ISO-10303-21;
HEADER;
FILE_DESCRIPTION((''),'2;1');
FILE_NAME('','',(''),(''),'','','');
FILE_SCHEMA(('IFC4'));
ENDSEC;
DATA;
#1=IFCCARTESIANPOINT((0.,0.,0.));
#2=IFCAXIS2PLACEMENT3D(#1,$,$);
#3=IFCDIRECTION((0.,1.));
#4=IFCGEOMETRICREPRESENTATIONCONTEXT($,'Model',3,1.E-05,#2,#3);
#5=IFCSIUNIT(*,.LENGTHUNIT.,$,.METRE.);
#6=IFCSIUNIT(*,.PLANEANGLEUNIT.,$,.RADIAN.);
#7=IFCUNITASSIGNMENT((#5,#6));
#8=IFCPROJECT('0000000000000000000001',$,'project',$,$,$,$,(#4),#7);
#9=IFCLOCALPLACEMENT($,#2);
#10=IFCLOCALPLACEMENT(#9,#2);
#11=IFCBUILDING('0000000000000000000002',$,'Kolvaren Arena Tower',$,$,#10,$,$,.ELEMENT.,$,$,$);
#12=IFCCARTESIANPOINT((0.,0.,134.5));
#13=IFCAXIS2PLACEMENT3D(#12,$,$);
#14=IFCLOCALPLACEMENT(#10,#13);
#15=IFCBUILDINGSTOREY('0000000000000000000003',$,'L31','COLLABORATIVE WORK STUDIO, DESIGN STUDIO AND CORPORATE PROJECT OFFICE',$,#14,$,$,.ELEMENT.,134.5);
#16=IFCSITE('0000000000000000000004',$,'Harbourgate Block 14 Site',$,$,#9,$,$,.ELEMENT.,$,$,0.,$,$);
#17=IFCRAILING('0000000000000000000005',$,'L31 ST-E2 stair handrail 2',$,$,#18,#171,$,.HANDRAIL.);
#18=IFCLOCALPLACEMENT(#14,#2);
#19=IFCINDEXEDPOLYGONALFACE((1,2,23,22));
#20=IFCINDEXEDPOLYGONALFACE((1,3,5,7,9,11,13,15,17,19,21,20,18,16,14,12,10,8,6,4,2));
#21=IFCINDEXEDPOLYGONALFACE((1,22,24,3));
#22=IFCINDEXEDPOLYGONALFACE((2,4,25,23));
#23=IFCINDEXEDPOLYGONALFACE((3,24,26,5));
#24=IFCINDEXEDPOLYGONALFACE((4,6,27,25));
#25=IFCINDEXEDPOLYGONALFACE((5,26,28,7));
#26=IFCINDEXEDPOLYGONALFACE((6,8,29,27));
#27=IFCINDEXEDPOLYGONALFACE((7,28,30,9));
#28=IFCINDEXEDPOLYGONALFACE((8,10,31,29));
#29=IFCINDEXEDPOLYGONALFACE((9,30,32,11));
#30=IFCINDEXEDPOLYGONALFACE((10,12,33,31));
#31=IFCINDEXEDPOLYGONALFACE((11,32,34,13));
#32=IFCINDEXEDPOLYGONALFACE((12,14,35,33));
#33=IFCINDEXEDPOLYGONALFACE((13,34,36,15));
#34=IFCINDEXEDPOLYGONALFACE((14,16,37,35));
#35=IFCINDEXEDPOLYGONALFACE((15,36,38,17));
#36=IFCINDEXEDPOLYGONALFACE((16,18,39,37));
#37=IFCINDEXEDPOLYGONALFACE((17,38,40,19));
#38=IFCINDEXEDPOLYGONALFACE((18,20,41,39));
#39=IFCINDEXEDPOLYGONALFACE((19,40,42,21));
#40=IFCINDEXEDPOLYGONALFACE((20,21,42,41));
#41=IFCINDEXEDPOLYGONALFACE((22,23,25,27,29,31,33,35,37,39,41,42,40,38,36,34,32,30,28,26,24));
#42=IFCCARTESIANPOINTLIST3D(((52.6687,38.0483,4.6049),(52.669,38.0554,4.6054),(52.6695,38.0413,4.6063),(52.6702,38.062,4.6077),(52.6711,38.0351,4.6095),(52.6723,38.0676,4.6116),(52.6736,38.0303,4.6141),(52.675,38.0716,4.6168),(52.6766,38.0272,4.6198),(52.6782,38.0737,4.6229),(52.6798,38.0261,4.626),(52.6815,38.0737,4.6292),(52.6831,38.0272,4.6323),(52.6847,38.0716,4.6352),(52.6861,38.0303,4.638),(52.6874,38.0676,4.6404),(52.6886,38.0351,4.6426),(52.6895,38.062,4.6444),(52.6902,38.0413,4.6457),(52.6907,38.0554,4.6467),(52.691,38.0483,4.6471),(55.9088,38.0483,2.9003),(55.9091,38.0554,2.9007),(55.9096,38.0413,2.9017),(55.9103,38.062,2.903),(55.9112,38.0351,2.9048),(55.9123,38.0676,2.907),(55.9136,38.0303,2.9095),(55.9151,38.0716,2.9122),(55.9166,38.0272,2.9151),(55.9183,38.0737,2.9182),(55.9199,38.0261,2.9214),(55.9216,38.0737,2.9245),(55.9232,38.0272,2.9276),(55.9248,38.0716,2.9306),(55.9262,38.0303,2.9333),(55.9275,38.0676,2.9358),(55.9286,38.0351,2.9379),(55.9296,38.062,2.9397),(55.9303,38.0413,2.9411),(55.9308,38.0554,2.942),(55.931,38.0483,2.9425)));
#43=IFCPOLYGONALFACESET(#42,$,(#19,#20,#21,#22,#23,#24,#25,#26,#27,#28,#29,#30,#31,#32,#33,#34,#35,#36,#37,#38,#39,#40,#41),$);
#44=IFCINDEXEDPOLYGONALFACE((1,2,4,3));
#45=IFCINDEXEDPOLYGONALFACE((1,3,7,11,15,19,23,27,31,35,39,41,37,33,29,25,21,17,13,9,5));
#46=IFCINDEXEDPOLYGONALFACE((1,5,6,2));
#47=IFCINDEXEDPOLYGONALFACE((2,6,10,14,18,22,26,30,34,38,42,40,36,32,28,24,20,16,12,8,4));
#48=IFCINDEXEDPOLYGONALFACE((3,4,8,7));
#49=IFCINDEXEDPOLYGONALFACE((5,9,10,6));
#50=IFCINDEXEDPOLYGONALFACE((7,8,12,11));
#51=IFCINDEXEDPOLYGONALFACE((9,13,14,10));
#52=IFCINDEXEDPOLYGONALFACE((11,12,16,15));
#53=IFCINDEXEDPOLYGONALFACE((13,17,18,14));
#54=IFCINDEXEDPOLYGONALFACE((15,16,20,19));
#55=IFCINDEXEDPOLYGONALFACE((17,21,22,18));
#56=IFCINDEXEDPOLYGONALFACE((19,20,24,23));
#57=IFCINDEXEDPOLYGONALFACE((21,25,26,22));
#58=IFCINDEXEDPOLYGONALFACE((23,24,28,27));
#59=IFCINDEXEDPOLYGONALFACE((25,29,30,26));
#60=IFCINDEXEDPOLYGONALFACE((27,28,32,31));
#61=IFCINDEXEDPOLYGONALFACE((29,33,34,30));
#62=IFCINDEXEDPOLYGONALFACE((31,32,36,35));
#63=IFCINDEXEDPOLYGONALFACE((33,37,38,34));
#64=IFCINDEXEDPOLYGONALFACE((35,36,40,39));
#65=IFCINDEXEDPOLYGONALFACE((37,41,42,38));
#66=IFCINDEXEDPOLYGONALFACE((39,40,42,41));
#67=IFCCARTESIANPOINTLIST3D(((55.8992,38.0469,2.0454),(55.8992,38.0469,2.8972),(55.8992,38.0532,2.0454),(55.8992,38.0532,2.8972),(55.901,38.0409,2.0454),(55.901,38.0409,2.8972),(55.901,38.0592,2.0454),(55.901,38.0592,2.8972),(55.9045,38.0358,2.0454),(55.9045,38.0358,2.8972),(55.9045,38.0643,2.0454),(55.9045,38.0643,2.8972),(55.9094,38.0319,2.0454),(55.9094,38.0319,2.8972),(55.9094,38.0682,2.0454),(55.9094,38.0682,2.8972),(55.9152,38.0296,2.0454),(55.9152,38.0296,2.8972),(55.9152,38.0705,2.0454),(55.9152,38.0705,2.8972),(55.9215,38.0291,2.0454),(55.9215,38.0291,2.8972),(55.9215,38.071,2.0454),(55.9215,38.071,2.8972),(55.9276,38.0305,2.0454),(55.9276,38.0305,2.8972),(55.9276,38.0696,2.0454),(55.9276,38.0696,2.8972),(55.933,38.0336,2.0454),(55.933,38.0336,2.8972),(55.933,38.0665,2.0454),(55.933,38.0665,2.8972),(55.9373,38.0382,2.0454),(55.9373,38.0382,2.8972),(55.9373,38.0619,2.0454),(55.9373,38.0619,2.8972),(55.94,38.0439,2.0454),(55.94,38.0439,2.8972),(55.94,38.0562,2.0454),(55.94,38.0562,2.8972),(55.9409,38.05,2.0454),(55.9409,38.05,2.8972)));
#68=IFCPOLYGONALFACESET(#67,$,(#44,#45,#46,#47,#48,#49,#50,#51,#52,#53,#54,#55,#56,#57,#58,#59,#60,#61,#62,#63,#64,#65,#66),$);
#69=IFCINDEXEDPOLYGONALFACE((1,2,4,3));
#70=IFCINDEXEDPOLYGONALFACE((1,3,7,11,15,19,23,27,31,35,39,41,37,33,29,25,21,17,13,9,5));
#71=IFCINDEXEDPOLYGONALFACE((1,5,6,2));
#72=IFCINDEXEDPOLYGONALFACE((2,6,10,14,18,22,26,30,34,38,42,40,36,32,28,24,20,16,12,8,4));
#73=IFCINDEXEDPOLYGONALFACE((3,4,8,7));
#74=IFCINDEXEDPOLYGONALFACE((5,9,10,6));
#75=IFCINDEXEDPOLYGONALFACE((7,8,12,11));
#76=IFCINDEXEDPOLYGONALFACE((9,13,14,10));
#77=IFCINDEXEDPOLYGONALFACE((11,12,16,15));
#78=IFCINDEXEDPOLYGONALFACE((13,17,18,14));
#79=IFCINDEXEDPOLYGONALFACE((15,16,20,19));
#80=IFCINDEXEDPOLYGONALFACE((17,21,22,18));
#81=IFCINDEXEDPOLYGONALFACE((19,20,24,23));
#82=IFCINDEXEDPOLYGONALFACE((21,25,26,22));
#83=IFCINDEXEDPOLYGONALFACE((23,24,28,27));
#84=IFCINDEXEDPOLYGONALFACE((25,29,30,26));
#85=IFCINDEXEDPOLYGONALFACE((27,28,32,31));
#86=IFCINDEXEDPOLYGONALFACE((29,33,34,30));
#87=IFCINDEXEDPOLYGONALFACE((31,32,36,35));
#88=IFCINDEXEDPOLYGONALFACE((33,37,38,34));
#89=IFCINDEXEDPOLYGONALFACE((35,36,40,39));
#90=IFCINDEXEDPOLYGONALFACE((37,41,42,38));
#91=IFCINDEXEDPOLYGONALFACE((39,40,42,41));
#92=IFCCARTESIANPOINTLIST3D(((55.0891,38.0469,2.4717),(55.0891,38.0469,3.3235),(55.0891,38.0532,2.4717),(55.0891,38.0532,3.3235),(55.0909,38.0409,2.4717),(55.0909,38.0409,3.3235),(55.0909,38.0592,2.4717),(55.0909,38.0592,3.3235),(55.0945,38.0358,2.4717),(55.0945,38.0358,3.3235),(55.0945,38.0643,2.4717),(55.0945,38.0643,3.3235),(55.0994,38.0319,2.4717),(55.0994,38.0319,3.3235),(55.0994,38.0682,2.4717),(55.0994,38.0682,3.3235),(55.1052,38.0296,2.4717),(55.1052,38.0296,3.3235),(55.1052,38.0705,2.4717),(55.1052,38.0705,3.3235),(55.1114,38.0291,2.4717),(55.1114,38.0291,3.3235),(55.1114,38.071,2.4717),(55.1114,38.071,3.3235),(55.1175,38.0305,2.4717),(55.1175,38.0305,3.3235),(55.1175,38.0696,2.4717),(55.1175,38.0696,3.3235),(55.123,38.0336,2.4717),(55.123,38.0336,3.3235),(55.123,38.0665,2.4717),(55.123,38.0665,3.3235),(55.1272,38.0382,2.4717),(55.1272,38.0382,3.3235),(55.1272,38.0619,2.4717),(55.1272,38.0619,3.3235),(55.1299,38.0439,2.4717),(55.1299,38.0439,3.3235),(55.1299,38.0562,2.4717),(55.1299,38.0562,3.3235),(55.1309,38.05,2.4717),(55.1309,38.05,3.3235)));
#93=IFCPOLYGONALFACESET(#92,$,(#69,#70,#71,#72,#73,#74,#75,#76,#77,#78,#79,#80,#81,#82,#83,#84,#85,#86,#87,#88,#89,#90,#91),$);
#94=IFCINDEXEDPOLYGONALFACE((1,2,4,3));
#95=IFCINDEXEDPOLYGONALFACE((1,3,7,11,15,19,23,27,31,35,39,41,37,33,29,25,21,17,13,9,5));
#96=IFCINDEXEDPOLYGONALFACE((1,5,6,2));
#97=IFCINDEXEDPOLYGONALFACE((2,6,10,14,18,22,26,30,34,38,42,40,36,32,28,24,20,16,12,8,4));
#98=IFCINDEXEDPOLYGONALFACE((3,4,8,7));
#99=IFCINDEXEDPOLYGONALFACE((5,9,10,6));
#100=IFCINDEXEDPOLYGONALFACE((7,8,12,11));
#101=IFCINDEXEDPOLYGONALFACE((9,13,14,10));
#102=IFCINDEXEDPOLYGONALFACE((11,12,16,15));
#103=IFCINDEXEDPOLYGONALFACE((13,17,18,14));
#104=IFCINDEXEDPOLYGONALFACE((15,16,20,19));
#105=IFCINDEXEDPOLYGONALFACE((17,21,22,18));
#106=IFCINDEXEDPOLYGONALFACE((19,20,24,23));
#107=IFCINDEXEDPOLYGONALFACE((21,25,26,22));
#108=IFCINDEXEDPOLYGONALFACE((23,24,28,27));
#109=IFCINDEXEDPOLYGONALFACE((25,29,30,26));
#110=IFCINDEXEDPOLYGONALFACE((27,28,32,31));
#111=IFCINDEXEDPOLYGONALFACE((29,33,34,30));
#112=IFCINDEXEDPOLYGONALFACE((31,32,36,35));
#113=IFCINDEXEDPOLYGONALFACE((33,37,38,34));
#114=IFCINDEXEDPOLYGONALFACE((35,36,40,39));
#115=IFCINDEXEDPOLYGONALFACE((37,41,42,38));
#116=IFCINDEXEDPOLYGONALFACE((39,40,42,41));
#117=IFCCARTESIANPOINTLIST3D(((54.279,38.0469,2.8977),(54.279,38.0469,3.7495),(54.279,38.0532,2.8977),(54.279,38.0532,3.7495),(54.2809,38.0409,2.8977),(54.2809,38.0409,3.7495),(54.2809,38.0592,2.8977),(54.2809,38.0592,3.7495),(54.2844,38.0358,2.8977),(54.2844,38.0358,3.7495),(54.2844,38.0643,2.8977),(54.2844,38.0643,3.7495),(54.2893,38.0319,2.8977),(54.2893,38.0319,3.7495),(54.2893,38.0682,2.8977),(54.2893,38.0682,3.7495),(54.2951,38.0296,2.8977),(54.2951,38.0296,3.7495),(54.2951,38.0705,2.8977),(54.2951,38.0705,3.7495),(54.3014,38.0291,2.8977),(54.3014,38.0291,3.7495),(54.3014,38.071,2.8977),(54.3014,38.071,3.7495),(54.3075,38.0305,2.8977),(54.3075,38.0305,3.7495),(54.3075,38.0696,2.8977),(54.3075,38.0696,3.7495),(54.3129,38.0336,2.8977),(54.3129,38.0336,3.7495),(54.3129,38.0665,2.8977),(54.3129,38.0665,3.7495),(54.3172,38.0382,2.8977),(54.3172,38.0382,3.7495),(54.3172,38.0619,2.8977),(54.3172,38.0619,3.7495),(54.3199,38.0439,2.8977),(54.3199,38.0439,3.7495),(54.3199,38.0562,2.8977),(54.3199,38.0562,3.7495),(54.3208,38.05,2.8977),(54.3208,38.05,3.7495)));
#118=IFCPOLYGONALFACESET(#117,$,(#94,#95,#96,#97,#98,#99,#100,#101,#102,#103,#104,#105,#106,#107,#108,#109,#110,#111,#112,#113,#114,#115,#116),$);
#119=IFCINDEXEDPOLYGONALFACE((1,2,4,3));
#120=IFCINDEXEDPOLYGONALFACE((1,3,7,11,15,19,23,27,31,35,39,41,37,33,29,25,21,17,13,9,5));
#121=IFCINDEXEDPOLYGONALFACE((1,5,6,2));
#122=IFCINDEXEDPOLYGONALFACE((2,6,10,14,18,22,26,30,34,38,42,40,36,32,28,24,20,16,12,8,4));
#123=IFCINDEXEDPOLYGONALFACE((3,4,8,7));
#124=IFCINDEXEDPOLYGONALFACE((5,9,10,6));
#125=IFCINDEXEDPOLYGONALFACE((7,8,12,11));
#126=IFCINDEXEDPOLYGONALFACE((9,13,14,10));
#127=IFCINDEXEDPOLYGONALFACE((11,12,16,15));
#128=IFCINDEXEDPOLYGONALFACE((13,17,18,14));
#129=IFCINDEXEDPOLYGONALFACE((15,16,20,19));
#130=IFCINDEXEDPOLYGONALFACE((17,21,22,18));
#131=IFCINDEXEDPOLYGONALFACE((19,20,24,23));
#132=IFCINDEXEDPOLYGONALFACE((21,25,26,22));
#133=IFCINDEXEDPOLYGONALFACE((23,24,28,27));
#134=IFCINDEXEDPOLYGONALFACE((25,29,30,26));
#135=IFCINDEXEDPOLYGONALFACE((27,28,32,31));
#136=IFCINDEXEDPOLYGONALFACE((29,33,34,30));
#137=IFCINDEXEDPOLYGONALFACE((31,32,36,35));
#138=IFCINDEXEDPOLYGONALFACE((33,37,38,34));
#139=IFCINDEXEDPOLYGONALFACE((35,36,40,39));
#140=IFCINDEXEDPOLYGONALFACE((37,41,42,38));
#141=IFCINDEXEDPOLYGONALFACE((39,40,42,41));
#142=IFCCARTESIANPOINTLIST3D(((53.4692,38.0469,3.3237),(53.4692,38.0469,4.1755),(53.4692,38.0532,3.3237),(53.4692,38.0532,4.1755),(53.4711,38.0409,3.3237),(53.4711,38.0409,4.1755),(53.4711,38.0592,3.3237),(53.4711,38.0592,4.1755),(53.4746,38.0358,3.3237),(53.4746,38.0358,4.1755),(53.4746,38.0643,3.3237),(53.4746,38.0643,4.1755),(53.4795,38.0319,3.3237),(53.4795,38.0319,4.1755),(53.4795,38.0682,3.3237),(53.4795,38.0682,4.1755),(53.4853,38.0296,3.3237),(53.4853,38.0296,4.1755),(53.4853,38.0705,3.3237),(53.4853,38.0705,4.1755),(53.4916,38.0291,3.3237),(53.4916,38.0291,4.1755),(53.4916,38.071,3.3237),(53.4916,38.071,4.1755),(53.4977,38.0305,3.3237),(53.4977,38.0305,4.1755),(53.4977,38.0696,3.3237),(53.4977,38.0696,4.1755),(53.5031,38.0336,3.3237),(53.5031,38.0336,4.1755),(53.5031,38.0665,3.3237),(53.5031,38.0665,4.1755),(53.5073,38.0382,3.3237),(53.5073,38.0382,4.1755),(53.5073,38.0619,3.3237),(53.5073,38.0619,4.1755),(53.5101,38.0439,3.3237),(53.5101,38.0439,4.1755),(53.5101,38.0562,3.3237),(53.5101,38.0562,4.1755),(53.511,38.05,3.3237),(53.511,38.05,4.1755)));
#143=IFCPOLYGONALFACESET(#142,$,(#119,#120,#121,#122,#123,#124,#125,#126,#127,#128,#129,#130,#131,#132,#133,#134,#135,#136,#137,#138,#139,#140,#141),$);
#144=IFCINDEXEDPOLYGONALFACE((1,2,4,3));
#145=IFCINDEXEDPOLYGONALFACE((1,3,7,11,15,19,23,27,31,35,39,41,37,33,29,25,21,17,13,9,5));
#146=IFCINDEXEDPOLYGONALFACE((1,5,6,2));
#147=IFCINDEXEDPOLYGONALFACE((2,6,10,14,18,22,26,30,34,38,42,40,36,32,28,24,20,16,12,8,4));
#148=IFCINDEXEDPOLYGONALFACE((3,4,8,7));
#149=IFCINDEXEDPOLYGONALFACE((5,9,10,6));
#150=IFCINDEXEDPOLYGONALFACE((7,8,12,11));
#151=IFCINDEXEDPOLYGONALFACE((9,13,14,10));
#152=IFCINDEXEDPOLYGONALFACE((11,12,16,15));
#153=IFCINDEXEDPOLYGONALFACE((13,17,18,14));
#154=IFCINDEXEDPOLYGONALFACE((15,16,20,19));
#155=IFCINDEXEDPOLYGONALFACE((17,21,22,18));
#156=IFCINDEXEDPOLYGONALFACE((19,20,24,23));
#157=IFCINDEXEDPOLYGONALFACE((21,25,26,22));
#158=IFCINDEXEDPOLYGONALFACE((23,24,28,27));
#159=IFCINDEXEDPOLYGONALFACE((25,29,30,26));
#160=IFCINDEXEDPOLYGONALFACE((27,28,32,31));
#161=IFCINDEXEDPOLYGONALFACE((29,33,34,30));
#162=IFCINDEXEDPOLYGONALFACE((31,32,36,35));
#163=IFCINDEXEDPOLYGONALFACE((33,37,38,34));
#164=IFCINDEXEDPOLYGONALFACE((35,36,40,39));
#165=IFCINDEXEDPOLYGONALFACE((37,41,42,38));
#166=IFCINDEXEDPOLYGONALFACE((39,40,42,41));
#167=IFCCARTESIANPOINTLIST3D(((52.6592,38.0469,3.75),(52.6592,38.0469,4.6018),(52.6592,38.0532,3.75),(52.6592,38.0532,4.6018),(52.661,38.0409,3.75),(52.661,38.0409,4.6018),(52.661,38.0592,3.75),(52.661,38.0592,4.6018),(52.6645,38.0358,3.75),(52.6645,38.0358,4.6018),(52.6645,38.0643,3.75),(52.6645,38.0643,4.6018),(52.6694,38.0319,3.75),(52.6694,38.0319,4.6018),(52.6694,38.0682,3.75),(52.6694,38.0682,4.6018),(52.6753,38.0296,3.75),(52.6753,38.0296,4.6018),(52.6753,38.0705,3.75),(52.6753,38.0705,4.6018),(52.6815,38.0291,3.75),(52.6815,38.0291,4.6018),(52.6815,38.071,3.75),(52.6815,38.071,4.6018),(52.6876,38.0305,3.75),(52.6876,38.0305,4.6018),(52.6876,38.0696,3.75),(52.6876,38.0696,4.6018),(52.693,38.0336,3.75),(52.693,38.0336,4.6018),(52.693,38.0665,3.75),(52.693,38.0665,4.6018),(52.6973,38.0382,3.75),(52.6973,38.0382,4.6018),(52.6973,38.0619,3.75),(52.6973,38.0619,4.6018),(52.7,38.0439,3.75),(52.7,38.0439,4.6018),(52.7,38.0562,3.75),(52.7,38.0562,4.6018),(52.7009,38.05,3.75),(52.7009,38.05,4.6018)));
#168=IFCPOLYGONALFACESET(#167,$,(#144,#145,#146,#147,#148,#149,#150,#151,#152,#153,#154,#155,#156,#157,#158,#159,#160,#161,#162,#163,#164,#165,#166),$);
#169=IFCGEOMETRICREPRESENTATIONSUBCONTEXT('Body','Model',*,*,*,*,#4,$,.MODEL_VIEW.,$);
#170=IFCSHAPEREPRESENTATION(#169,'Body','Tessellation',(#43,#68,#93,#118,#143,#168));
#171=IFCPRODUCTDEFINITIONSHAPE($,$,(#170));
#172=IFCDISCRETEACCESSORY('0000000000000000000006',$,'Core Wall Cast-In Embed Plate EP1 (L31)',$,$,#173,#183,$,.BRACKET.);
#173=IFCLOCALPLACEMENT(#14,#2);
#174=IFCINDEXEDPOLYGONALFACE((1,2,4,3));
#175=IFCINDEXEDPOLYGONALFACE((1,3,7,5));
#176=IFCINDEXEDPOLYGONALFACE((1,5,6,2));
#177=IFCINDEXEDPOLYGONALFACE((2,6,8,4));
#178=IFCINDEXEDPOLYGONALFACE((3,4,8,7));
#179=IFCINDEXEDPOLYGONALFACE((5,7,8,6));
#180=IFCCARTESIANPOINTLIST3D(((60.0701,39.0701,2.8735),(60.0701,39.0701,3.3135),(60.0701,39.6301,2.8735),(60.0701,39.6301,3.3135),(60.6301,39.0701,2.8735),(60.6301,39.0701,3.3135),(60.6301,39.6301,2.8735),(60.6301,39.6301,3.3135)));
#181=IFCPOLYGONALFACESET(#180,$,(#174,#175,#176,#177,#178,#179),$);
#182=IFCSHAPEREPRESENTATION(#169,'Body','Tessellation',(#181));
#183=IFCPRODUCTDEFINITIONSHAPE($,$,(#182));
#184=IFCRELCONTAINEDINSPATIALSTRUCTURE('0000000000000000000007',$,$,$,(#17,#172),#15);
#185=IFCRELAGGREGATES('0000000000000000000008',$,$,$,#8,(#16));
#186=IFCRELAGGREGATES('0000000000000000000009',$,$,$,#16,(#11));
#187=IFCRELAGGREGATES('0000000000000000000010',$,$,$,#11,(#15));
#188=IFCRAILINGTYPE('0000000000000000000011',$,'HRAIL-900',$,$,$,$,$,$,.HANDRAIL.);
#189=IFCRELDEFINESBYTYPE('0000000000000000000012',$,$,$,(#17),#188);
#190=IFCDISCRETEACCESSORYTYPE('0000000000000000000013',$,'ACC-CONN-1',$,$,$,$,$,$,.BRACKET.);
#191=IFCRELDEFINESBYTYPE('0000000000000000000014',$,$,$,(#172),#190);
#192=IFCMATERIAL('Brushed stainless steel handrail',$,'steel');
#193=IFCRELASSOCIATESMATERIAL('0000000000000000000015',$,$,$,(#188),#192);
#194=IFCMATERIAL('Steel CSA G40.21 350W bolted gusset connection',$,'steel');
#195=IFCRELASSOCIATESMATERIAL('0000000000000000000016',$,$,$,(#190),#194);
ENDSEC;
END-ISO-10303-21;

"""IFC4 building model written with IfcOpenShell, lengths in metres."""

from ifc_helpers import new_model, si_unit, direction, frame, origin, origin_2d, place, context, subcontext, project, spatial, rectangle, circle, extrude, material, type_object, element, save


model = new_model("IFC4")

# Units and contexts
model_context = context("Model", 3, precision=1e-05, world=origin(), true_north=direction((0.0, 1.0)))
body_context = subcontext(model_context, "Body", "Model", "MODEL_VIEW")
ifc_project = project(units=[si_unit("LENGTHUNIT", "METRE"), si_unit("PLANEANGLEUNIT", "RADIAN")], contexts=[model_context])

# Site, building, storey
site_placement = place(None, origin())
site = spatial("IfcSite", under=ifc_project, at=site_placement, Name="Harbourgate Block 14 Site", CompositionType="ELEMENT", RefElevation=0.0)
building_placement = place(site_placement, origin())
building = spatial("IfcBuilding", under=site, at=building_placement, Name="Kolvaren Arena Tower", CompositionType="ELEMENT")
storey_placement = place(building_placement, frame((0.0, 0.0, 134.5)))
storey = spatial("IfcBuildingStorey", under=building, at=storey_placement, Name="L31", Description="COLLABORATIVE WORK STUDIO, DESIGN STUDIO AND CORPORATE PROJECT OFFICE", CompositionType="ELEMENT", Elevation=134.5)

# Railing
ifc_material_1 = material(Name="Brushed stainless steel handrail", Category="steel")
railing_type_1 = type_object("IfcRailingType", Name="HRAIL-900", PredefinedType="HANDRAIL", material=ifc_material_1)
for number, where, name in (
    (1, (55.9199, 38.05, 2.0454), "L31 ST-E2 stair handrail 2"),
):
    element("IfcRailing", number, at=place(storey_placement, frame(where)), inside=storey, type_object=railing_type_1, Name=name, PredefinedType="HANDRAIL", context=body_context, shape_type="SweptSolid", body=[
        extrude(circle(Radius=0.0239, at=origin_2d()), frame((0.0, 0.0, 0.876), z_axis=(-0.884993, 0.0, 0.465604), x_axis=(0.0, -1.0, 0.0)), (0.0, 0.0, 1.0), 3.6611),
        extrude(circle(Radius=0.021, at=origin_2d()), origin(), (0.0, 0.0, 1.0), 0.8518),
        extrude(circle(Radius=0.021, at=origin_2d()), frame((-0.8101, 0.0, 0.4263)), (0.0, 0.0, 1.0), 0.8518),
        extrude(circle(Radius=0.021, at=origin_2d()), frame((-1.6201, 0.0, 0.8523)), (0.0, 0.0, 1.0), 0.8518),
        extrude(circle(Radius=0.021, at=origin_2d()), frame((-2.4299, 0.0, 1.2783)), (0.0, 0.0, 1.0), 0.8518),
        extrude(circle(Radius=0.021, at=origin_2d()), frame((-3.24, 0.0, 1.7046)), (0.0, 0.0, 1.0), 0.8518),
    ])

# Discrete accessory
ifc_material_2 = material(Name="Steel CSA G40.21 350W bolted gusset connection", Category="steel")
discrete_accessory_type = type_object("IfcDiscreteAccessoryType", Name="ACC-CONN-1", PredefinedType="BRACKET", material=ifc_material_2)
discrete_accessory_placement = place(storey_placement, frame((60.3501, 39.3501, 2.8735), z_axis=(0.0, 0.0, 1.0), x_axis=(1.0, 0.0, 0.0)))
element("IfcDiscreteAccessory", 2, at=discrete_accessory_placement, inside=storey, type_object=discrete_accessory_type, Name="Core Wall Cast-In Embed Plate EP1 (L31)", PredefinedType="BRACKET", context=body_context, shape_type="SweptSolid", body=[
    extrude(rectangle(XDim=0.5601, YDim=0.5601, at=origin_2d()), origin(), (0.0, 0.0, 1.0), 0.4399),
])

save(model, "model.ifc")
